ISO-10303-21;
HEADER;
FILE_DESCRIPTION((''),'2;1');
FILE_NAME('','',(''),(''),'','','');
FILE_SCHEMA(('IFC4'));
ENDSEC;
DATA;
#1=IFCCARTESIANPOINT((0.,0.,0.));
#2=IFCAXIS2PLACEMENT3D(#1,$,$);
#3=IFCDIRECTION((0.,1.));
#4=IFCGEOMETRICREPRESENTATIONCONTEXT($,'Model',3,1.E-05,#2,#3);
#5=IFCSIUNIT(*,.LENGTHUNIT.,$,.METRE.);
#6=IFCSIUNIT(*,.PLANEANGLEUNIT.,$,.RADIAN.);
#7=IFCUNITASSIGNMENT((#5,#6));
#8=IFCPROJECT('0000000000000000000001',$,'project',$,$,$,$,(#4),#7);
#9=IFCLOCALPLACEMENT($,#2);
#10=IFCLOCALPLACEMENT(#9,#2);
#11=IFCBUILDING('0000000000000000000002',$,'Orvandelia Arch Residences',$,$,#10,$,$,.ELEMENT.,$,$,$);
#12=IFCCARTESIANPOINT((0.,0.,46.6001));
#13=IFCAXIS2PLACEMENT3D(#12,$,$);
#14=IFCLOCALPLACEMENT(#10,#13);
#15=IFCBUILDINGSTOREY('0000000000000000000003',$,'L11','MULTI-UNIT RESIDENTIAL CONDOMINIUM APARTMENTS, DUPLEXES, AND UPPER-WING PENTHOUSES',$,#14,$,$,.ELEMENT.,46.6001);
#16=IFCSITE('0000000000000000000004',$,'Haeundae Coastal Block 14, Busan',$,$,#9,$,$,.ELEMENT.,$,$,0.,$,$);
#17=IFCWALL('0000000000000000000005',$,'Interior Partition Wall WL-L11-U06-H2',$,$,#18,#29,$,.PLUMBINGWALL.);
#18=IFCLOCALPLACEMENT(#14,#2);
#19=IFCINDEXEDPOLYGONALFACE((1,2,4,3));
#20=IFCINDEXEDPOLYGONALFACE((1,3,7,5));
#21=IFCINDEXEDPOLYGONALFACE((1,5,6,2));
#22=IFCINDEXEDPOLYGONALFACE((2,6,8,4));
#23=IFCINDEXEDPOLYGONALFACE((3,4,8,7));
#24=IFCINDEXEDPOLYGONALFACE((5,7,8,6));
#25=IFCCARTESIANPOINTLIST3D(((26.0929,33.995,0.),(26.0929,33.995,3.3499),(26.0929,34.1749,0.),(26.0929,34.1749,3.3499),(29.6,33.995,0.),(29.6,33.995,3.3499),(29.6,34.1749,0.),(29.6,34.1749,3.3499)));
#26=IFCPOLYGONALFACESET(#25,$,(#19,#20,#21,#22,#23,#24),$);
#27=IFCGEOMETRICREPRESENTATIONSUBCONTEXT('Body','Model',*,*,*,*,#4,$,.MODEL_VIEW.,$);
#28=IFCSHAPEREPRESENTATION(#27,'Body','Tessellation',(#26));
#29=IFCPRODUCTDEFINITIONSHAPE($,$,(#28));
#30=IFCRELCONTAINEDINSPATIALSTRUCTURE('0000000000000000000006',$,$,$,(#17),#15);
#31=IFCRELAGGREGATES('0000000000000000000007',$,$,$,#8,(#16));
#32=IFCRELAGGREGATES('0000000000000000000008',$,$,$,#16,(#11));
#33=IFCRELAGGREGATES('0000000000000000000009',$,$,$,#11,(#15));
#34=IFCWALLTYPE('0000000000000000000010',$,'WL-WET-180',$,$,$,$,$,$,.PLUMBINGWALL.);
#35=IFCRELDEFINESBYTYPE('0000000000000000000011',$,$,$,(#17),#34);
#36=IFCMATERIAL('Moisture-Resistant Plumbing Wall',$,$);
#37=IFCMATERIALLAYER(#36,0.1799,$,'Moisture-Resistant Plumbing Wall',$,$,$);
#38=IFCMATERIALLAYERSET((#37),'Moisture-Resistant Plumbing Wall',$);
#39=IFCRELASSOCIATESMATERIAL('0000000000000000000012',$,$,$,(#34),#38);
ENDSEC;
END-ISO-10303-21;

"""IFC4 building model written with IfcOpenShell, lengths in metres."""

from ifc_helpers import new_model, si_unit, direction, frame, frame_2d, origin, place, context, subcontext, project, spatial, rectangle, extrude, material, layer, layer_set, type_object, element, save


model = new_model("IFC4")

# Units and contexts
model_context = context("Model", 3, precision=1e-05, world=origin(), true_north=direction((0.0, 1.0)))
body_context = subcontext(model_context, "Body", "Model", "MODEL_VIEW")
ifc_project = project(units=[si_unit("LENGTHUNIT", "METRE"), si_unit("PLANEANGLEUNIT", "RADIAN")], contexts=[model_context])

# Site, building, storey
site_placement = place(None, origin())
site = spatial("IfcSite", under=ifc_project, at=site_placement, Name="Haeundae Coastal Block 14, Busan", CompositionType="ELEMENT", RefElevation=0.0)
building_placement = place(site_placement, origin())
building = spatial("IfcBuilding", under=site, at=building_placement, Name="Orvandelia Arch Residences", CompositionType="ELEMENT")
storey_placement = place(building_placement, frame((0.0, 0.0, 46.6001)))
storey = spatial("IfcBuildingStorey", under=building, at=storey_placement, Name="L11", Description="MULTI-UNIT RESIDENTIAL CONDOMINIUM APARTMENTS, DUPLEXES, AND UPPER-WING PENTHOUSES", CompositionType="ELEMENT", Elevation=46.6001)

# Shared definitions
ifc_material_1 = material(Name="Moisture-Resistant Plumbing Wall")
ifc_layer_1 = layer(ifc_material_1, 0.1799, Name="Moisture-Resistant Plumbing Wall")
ifc_layer_set_1 = layer_set([ifc_layer_1], Name="Moisture-Resistant Plumbing Wall")
wall_type_1 = type_object("IfcWallType", Name="WL-WET-180", PredefinedType="PLUMBINGWALL", material=ifc_layer_set_1)

# Wall
wall_1_placement = place(storey_placement, frame((26.093, 34.085, 0.0), z_axis=(0.0, 0.0, 1.0), x_axis=(1.0, 0.0, 0.0)))
element("IfcWall", 1, at=wall_1_placement, inside=storey, type_object=wall_type_1, Name="Interior Partition Wall WL-L11-U06-H2", PredefinedType="PLUMBINGWALL", context=body_context, shape_type="SweptSolid", body=[
    extrude(rectangle(XDim=3.5071, YDim=0.1799, at=frame_2d((1.7534, 0.0))), origin(), (0.0, 0.0, 1.0), 3.3499),
])

save(model, "model.ifc")
